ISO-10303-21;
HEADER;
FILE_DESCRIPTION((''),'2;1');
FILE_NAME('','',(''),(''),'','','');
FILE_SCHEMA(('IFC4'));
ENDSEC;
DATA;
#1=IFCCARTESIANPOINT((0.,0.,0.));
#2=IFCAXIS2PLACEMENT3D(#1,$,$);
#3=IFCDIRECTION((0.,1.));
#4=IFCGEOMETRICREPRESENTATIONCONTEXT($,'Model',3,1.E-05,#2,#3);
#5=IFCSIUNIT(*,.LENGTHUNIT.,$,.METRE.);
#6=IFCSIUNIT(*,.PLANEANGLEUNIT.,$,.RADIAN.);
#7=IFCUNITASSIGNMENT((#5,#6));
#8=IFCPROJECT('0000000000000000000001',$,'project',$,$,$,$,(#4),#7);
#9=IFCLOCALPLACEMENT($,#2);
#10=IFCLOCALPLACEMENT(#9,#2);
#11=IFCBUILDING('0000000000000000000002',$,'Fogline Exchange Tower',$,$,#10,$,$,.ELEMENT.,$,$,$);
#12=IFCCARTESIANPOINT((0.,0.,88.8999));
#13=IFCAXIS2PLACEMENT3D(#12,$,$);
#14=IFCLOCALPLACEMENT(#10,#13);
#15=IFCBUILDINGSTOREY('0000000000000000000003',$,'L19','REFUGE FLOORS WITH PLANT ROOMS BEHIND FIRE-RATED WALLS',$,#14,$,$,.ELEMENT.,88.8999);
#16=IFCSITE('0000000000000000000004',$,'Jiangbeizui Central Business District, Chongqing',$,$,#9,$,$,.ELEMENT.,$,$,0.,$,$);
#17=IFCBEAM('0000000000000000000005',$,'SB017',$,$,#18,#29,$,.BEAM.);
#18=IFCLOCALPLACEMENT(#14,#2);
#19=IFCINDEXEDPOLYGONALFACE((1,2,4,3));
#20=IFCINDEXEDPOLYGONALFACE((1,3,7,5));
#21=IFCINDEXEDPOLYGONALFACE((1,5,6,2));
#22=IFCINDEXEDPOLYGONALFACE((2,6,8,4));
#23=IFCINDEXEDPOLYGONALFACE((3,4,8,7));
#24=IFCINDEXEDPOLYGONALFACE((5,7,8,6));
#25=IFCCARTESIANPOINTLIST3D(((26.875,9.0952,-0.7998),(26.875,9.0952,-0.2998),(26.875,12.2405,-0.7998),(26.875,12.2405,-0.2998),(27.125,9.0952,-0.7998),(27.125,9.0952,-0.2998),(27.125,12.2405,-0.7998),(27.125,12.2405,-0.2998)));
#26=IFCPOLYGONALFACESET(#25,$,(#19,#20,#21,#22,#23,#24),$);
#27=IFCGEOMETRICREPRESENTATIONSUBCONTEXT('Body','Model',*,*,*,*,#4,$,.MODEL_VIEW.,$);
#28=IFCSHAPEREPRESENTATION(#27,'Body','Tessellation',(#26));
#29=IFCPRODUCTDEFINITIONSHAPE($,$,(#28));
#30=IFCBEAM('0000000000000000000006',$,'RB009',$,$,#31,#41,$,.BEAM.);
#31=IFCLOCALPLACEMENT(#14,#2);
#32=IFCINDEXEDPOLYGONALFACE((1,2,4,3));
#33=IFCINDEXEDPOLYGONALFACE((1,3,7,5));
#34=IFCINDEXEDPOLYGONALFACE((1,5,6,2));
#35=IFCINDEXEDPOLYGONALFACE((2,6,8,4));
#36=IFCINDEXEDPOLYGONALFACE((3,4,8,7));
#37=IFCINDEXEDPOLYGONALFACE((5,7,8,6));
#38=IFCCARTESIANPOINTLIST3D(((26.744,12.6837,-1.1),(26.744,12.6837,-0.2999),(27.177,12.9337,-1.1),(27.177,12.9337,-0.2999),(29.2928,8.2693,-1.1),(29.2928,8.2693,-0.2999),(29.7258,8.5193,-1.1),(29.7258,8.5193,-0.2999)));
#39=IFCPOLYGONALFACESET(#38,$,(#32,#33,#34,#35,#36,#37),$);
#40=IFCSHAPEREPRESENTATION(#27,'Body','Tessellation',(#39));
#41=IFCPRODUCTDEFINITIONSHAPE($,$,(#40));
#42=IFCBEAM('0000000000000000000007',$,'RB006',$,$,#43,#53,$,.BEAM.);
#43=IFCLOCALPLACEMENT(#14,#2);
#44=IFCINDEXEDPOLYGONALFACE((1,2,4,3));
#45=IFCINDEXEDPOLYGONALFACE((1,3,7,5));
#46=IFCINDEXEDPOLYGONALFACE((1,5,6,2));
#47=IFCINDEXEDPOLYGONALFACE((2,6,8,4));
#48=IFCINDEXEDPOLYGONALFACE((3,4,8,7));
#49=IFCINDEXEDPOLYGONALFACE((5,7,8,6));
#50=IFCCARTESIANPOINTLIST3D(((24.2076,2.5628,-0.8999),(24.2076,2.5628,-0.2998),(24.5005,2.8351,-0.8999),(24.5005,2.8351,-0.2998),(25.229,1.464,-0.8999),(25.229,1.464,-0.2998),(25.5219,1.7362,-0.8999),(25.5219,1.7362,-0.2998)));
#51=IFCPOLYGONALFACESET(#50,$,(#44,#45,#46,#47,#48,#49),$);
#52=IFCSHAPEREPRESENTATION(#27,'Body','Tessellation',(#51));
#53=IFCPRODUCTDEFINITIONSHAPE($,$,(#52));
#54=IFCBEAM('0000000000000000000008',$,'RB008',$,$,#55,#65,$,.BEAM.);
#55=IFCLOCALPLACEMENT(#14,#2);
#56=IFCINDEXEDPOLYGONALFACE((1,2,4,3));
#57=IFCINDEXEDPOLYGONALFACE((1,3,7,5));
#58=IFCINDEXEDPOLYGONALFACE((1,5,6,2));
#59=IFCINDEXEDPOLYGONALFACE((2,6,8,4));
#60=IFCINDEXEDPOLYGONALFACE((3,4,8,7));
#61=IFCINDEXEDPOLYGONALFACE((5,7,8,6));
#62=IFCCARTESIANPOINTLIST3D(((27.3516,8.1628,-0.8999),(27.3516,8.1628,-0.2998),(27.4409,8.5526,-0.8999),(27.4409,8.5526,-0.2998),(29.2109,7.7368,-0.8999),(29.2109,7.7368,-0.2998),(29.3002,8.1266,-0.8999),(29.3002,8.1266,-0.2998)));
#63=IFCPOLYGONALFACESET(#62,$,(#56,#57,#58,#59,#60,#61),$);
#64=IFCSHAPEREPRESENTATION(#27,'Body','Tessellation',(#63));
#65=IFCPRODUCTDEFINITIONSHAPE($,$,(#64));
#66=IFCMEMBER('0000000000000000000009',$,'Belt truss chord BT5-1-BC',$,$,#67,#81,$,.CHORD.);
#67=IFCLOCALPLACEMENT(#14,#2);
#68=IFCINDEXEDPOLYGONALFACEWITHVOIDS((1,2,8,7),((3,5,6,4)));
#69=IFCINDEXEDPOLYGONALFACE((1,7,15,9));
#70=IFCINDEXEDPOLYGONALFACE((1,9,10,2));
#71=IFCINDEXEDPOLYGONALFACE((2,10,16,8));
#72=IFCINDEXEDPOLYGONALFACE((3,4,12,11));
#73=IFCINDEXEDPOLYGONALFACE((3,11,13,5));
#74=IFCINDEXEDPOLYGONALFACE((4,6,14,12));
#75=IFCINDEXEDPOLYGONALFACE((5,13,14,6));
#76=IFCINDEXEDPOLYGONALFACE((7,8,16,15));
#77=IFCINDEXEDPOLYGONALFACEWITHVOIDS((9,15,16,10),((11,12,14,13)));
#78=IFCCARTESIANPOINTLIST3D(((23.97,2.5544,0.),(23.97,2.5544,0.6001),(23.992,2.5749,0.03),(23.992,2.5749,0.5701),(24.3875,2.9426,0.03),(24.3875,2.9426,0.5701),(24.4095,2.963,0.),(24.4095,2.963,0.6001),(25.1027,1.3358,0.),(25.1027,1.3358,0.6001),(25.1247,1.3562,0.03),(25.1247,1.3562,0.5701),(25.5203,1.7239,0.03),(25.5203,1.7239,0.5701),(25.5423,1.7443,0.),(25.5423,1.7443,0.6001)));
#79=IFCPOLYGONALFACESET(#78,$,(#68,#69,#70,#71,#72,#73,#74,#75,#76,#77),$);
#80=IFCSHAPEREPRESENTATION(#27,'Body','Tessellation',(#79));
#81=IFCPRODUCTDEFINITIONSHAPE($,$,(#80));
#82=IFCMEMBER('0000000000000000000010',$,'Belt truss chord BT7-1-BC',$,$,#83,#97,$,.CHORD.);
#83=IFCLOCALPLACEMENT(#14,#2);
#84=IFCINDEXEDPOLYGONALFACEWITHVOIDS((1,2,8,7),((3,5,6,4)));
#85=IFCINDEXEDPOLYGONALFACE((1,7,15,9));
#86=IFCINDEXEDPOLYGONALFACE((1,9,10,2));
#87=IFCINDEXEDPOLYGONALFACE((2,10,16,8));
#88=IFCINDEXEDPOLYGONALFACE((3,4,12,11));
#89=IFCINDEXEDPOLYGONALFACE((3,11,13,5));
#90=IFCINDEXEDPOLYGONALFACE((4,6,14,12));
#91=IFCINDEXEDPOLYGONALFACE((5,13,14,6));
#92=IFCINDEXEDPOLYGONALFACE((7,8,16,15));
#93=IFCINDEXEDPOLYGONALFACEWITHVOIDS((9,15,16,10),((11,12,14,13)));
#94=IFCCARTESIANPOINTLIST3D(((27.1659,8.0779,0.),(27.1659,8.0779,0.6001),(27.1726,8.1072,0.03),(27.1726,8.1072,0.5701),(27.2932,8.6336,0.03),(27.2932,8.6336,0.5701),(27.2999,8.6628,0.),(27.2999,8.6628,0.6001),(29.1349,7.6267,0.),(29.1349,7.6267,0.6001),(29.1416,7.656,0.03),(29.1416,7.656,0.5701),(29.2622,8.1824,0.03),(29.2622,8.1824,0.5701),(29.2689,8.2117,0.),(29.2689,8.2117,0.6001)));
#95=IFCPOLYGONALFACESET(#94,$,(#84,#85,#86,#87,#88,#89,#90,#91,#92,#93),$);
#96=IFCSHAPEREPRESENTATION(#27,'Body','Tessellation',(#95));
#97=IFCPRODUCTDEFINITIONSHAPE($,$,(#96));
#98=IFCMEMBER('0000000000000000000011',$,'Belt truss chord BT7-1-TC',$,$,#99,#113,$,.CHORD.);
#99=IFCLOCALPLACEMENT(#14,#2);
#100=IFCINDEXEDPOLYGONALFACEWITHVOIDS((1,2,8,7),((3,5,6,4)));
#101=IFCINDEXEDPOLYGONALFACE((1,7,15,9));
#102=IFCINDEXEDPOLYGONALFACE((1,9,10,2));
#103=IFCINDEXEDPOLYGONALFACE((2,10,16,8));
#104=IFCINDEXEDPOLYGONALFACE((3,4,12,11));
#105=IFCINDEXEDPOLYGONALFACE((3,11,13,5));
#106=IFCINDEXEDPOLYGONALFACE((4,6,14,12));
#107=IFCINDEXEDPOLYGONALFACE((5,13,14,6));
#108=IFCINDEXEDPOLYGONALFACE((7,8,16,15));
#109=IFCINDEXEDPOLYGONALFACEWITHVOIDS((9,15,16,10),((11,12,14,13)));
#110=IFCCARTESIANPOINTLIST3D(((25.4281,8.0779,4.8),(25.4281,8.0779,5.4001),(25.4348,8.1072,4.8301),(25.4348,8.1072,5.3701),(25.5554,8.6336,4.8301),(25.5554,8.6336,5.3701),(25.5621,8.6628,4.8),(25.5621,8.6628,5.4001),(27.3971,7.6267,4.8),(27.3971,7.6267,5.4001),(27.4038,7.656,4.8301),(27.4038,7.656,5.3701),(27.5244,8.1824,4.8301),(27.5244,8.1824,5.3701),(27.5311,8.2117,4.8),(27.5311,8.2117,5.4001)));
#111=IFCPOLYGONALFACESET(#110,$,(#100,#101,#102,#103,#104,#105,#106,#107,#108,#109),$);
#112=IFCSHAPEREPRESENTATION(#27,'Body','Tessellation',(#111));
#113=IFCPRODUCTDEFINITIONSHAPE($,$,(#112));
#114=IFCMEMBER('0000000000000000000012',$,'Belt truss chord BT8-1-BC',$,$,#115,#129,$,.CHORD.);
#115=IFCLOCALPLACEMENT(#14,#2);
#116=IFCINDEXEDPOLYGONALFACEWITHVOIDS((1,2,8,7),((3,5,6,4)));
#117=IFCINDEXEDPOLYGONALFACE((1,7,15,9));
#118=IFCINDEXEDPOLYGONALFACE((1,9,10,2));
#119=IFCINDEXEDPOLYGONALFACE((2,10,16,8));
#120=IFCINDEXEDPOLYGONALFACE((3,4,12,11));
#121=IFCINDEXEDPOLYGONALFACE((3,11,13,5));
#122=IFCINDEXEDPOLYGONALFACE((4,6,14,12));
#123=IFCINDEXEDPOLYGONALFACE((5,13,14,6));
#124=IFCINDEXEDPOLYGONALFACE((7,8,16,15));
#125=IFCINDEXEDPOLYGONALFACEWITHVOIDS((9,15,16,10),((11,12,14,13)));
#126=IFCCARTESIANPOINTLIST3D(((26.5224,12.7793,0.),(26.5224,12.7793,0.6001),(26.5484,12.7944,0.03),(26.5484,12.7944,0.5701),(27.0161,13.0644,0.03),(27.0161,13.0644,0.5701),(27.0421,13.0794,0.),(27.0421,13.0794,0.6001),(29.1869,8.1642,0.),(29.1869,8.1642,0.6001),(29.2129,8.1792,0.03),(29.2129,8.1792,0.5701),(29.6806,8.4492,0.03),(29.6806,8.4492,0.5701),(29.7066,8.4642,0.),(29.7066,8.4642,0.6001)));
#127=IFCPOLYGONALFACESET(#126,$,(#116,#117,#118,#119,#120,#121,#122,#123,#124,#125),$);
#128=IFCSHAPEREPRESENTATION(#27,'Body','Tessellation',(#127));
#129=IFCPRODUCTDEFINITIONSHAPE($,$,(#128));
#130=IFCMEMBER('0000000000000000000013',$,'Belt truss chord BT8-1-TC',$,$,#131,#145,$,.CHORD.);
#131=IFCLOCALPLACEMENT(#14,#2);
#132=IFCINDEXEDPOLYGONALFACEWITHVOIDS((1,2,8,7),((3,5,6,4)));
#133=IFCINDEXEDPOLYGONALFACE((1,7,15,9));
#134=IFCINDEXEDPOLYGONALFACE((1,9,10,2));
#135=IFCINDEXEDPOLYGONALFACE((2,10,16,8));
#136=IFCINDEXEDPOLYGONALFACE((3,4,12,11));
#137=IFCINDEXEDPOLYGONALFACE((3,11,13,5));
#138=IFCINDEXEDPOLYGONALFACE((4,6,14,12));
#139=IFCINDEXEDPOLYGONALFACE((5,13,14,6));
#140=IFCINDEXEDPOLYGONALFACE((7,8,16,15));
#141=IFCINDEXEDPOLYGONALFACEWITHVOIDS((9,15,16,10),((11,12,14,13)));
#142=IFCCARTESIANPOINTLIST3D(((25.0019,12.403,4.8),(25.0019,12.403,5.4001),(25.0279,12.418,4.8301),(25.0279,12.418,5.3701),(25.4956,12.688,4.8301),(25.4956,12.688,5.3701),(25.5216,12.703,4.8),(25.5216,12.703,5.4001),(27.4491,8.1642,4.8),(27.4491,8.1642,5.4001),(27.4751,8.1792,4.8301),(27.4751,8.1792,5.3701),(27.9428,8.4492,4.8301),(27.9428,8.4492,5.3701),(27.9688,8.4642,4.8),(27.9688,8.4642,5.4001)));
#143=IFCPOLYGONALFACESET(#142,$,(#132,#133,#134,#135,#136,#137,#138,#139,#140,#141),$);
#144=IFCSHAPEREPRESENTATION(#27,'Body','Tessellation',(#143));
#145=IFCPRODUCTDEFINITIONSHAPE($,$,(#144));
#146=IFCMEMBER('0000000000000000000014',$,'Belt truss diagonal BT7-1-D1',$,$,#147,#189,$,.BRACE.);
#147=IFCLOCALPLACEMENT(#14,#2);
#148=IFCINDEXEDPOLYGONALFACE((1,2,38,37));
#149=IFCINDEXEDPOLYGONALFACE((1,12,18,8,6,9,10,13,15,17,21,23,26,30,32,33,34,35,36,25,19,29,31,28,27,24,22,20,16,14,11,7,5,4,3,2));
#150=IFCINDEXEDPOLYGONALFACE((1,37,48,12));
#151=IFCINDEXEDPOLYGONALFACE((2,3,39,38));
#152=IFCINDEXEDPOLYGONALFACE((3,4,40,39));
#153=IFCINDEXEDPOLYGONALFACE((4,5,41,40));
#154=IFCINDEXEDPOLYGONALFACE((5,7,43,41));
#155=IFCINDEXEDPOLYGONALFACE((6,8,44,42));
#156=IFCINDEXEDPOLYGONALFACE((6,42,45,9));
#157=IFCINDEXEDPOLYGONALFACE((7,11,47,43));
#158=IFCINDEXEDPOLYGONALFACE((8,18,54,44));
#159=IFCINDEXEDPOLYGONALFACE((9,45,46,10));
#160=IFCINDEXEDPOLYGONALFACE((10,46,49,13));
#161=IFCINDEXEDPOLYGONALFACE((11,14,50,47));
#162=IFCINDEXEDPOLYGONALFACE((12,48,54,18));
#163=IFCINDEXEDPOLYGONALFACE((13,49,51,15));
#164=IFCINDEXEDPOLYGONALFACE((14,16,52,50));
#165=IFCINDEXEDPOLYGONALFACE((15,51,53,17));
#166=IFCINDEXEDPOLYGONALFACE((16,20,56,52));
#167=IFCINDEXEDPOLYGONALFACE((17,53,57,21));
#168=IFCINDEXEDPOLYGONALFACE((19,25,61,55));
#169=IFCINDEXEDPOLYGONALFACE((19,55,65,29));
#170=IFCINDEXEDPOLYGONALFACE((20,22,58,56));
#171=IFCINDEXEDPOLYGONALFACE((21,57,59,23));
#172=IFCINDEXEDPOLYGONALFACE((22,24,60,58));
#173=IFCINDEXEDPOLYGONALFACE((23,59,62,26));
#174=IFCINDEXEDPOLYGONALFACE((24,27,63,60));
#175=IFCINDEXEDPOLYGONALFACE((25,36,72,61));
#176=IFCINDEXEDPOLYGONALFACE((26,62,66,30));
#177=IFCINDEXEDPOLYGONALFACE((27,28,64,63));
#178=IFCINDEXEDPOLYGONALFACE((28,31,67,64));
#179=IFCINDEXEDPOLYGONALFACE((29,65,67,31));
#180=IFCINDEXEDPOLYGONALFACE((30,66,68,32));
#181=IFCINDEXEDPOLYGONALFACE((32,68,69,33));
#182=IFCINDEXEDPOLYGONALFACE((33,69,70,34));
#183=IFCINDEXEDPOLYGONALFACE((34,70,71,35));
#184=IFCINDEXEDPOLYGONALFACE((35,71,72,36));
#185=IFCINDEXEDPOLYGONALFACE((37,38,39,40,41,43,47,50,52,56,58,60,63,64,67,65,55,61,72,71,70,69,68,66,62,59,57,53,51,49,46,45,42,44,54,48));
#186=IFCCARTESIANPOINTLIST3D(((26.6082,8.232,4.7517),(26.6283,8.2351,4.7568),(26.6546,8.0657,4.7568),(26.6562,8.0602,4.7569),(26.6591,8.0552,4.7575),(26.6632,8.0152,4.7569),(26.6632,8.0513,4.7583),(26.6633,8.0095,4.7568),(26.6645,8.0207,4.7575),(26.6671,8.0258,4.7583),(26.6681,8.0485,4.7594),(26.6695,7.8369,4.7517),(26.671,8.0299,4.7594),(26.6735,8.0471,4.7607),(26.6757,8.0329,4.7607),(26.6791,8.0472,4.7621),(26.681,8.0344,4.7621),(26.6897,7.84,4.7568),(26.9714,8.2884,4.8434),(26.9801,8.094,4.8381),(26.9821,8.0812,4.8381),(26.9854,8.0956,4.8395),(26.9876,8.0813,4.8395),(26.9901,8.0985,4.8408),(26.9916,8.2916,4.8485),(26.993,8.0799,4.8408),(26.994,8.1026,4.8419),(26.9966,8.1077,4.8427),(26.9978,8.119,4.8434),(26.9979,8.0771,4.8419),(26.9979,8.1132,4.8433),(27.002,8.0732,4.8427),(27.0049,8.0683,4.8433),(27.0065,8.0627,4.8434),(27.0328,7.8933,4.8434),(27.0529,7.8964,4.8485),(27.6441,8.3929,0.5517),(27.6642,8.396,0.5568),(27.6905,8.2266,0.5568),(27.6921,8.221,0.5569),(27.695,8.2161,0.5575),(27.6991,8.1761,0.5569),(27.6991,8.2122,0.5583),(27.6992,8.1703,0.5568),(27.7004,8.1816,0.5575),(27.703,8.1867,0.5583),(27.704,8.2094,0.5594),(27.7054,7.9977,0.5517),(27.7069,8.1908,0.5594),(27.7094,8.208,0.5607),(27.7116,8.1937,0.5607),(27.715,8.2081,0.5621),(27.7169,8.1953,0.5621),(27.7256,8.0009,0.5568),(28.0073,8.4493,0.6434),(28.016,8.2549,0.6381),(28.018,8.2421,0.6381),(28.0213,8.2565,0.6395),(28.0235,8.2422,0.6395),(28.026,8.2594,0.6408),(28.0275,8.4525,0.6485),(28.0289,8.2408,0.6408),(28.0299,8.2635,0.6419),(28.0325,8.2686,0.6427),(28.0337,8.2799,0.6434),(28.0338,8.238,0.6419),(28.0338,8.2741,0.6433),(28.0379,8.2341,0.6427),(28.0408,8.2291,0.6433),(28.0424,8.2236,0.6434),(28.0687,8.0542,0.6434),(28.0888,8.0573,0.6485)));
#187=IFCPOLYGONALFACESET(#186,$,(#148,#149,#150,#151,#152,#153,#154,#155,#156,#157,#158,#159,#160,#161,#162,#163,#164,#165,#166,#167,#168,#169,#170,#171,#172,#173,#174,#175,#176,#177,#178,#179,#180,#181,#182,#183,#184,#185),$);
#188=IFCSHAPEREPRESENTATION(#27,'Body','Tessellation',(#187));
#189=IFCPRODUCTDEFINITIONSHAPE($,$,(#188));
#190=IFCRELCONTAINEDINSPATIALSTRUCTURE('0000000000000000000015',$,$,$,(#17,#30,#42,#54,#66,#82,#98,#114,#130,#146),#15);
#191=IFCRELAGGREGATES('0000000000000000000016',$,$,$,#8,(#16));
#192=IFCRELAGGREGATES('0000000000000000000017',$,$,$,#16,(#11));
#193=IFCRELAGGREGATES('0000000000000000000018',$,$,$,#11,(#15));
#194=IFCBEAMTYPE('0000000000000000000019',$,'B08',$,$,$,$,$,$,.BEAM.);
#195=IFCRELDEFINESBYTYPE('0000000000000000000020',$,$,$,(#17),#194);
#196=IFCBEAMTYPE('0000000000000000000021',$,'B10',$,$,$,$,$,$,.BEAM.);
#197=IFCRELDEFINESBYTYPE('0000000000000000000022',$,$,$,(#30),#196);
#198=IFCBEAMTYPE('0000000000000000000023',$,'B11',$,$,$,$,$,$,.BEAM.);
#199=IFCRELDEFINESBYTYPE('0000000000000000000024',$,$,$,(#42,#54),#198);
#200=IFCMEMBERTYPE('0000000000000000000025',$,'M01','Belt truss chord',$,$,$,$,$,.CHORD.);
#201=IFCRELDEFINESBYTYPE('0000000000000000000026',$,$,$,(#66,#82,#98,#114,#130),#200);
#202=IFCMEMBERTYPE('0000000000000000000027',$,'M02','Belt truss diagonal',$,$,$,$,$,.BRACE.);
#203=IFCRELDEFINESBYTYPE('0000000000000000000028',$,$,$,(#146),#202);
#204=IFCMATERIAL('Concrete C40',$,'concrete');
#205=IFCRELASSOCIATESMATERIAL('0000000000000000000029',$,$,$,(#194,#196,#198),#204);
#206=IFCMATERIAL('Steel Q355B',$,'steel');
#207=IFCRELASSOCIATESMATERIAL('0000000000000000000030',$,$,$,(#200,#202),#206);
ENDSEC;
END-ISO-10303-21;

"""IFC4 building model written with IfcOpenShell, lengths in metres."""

from ifc_helpers import new_model, si_unit, direction, frame, origin, origin_2d, place, context, subcontext, project, spatial, rectangle, hollow_rectangle, i_section, extrude, material, material_profile, profile_set, type_object, element, save


model = new_model("IFC4")

# Units and contexts
model_context = context("Model", 3, precision=1e-05, world=origin(), true_north=direction((0.0, 1.0)))
body_context = subcontext(model_context, "Body", "Model", "MODEL_VIEW")
ifc_project = project(units=[si_unit("LENGTHUNIT", "METRE"), si_unit("PLANEANGLEUNIT", "RADIAN")], contexts=[model_context])

# Site, building, storey
site_placement = place(None, origin())
site = spatial("IfcSite", under=ifc_project, at=site_placement, Name="Jiangbeizui Central Business District, Chongqing", CompositionType="ELEMENT", RefElevation=0.0)
building_placement = place(site_placement, origin())
building = spatial("IfcBuilding", under=site, at=building_placement, Name="Fogline Exchange Tower", CompositionType="ELEMENT")
storey_placement = place(building_placement, frame((0.0, 0.0, 88.8999)))
storey = spatial("IfcBuildingStorey", under=building, at=storey_placement, Name="L19", Description="REFUGE FLOORS WITH PLANT ROOMS BEHIND FIRE-RATED WALLS", CompositionType="ELEMENT", Elevation=88.8999)

# Beams
ifc_material_1 = material(Name="Concrete C40", Category="concrete")
ifc_material_profile_1 = material_profile(ifc_material_1, rectangle(XDim=0.25, YDim=0.5, at=origin_2d()), Name="RC 250x500")
ifc_profile_set_1 = profile_set([ifc_material_profile_1], Name="Concrete C40")
beam_type_1 = type_object("IfcBeamType", Name="B08", PredefinedType="BEAM", material=ifc_profile_set_1)
beam_1_placement = place(storey_placement, frame((27.0, 9.0952, -0.5498), z_axis=(0.0, 1.0, 0.0), x_axis=(-1.0, 0.0, 0.0)))
element("IfcBeam", 1, at=beam_1_placement, inside=storey, type_object=beam_type_1, Name="SB017", PredefinedType="BEAM", context=body_context, shape_type="SweptSolid", body=[
    extrude(rectangle(XDim=0.25, YDim=0.5, at=origin_2d()), origin(), (0.0, 0.0, 1.0), 3.1453),
])
ifc_material_profile_2 = material_profile(ifc_material_1, rectangle(XDim=0.5, YDim=0.8, at=origin_2d()), Name="RC 500x800")
ifc_profile_set_2 = profile_set([ifc_material_profile_2], Name="Concrete C40")
beam_type_2 = type_object("IfcBeamType", Name="B10", PredefinedType="BEAM", material=ifc_profile_set_2)
beam_2_placement = place(storey_placement, frame((29.5093, 8.3943, -0.7), z_axis=(-0.500013, 0.866018, 0.0), x_axis=(-0.866018, -0.500013, 0.0)))
element("IfcBeam", 2, at=beam_2_placement, inside=storey, type_object=beam_type_2, Name="RB009", PredefinedType="BEAM", context=body_context, shape_type="SweptSolid", body=[
    extrude(rectangle(XDim=0.5, YDim=0.8, at=origin_2d()), origin(), (0.0, 0.0, 1.0), 5.0974),
])
ifc_material_profile_3 = material_profile(ifc_material_1, rectangle(XDim=0.3999, YDim=0.6001, at=origin_2d()), Name="RC 400x600")
ifc_profile_set_3 = profile_set([ifc_material_profile_3], Name="Concrete C40")
beam_type_3 = type_object("IfcBeamType", Name="B11", PredefinedType="BEAM", material=ifc_profile_set_3)
beam_3_placement = place(storey_placement, frame((25.3755, 1.6001, -0.5999), z_axis=(-0.680844, 0.732428, 0.0), x_axis=(-0.732428, -0.680844, 0.0)))
element("IfcBeam", 3, at=beam_3_placement, inside=storey, type_object=beam_type_3, Name="RB006", PredefinedType="BEAM", context=body_context, shape_type="SweptSolid", body=[
    extrude(rectangle(XDim=0.3999, YDim=0.6001, at=origin_2d()), origin(), (0.0, 0.0, 1.0), 1.5002),
])
beam_4_placement = place(storey_placement, frame((27.3962, 8.3577, -0.5999), z_axis=(0.974742, -0.223336, 0.0), x_axis=(0.223336, 0.974742, 0.0)))
element("IfcBeam", 4, at=beam_4_placement, inside=storey, type_object=beam_type_3, Name="RB008", PredefinedType="BEAM", context=body_context, shape_type="SweptSolid", body=[
    extrude(rectangle(XDim=0.3999, YDim=0.6001, at=origin_2d()), origin(), (0.0, 0.0, 1.0), 1.9075),
])

# Members
ifc_material_2 = material(Name="Steel Q355B", Category="steel")
ifc_material_profile_4 = material_profile(ifc_material_2, hollow_rectangle(XDim=0.6001, YDim=0.6001, WallThickness=0.03, at=origin_2d()), Name="BOX600X600X30")
ifc_profile_set_4 = profile_set([ifc_material_profile_4], Name="Steel Q355B")
member_type_1 = type_object("IfcMemberType", Name="M01", Description="Belt truss chord", PredefinedType="CHORD", material=ifc_profile_set_4)
member_1_placement = place(storey_placement, frame((25.3225, 1.54, 0.3), z_axis=(-0.680811, 0.732459, 0.0), x_axis=(-0.732459, -0.680811, 0.0)))
element("IfcMember", 5, at=member_1_placement, inside=storey, type_object=member_type_1, Name="Belt truss chord BT5-1-BC", PredefinedType="CHORD", context=body_context, shape_type="SweptSolid", body=[
    extrude(hollow_rectangle(XDim=0.6001, YDim=0.6001, WallThickness=0.03, at=origin_2d()), origin(), (0.0, 0.0, 1.0), 1.6638),
])
for number, where, z_axis, x_axis, name in (
    (6, (27.2329, 8.3704, 0.3), (0.974738, -0.22335, 0.0), (0.22335, 0.974738, 0.0), "Belt truss chord BT7-1-BC"),
    (7, (25.4951, 8.3704, 5.1001), (0.974738, -0.22335, 0.0), (0.22335, 0.974738, 0.0), "Belt truss chord BT7-1-TC"),
):
    element("IfcMember", number, at=place(storey_placement, frame(where, z_axis=z_axis, x_axis=x_axis)), inside=storey, type_object=member_type_1, Name=name, PredefinedType="CHORD", context=body_context, shape_type="SweptSolid", body=[
        extrude(hollow_rectangle(XDim=0.6001, YDim=0.6001, WallThickness=0.03, at=origin_2d()), origin(), (0.0, 0.0, 1.0), 2.02),
    ])
member_2_placement = place(storey_placement, frame((29.4468, 8.3142, 0.3), z_axis=(-0.499992, 0.86603, 0.0), x_axis=(-0.86603, -0.499992, 0.0)))
element("IfcMember", 8, at=member_2_placement, inside=storey, type_object=member_type_1, Name="Belt truss chord BT8-1-BC", PredefinedType="CHORD", context=body_context, shape_type="SweptSolid", body=[
    extrude(hollow_rectangle(XDim=0.6001, YDim=0.6001, WallThickness=0.03, at=origin_2d()), origin(), (0.0, 0.0, 1.0), 5.3291),
])
member_3_placement = place(storey_placement, frame((27.709, 8.3142, 5.1001), z_axis=(-0.500002, 0.866024, 0.0), x_axis=(-0.866024, -0.500002, 0.0)))
element("IfcMember", 9, at=member_3_placement, inside=storey, type_object=member_type_1, Name="Belt truss chord BT8-1-TC", PredefinedType="CHORD", context=body_context, shape_type="SweptSolid", body=[
    extrude(hollow_rectangle(XDim=0.6001, YDim=0.6001, WallThickness=0.03, at=origin_2d()), origin(), (0.0, 0.0, 1.0), 4.8945),
])
ifc_material_profile_5 = material_profile(ifc_material_2, i_section(OverallWidth=0.3999, OverallDepth=0.3999, WebThickness=0.0129, FlangeThickness=0.021, FilletRadius=0.022, at=origin_2d()), Name="HW400X400X13X21")
ifc_profile_set_5 = profile_set([ifc_material_profile_5], Name="Steel Q355B")
member_type_2 = type_object("IfcMemberType", Name="M02", Description="Belt truss diagonal", PredefinedType="BRACE", material=ifc_profile_set_5)
member_4_placement = place(storey_placement, frame((27.8665, 8.2251, 0.6001), z_axis=(-0.239301, -0.037167, 0.970234), x_axis=(0.153475, -0.988153, 0.0)))
element("IfcMember", 10, at=member_4_placement, inside=storey, type_object=member_type_2, Name="Belt truss diagonal BT7-1-D1", PredefinedType="BRACE", context=body_context, shape_type="SweptSolid", body=[
    extrude(i_section(OverallWidth=0.3999, OverallDepth=0.3999, WebThickness=0.0129, FlangeThickness=0.021, FilletRadius=0.022, at=origin_2d()), origin(), (0.0, 0.0, 1.0), 4.3289),
])

save(model, "model.ifc")
